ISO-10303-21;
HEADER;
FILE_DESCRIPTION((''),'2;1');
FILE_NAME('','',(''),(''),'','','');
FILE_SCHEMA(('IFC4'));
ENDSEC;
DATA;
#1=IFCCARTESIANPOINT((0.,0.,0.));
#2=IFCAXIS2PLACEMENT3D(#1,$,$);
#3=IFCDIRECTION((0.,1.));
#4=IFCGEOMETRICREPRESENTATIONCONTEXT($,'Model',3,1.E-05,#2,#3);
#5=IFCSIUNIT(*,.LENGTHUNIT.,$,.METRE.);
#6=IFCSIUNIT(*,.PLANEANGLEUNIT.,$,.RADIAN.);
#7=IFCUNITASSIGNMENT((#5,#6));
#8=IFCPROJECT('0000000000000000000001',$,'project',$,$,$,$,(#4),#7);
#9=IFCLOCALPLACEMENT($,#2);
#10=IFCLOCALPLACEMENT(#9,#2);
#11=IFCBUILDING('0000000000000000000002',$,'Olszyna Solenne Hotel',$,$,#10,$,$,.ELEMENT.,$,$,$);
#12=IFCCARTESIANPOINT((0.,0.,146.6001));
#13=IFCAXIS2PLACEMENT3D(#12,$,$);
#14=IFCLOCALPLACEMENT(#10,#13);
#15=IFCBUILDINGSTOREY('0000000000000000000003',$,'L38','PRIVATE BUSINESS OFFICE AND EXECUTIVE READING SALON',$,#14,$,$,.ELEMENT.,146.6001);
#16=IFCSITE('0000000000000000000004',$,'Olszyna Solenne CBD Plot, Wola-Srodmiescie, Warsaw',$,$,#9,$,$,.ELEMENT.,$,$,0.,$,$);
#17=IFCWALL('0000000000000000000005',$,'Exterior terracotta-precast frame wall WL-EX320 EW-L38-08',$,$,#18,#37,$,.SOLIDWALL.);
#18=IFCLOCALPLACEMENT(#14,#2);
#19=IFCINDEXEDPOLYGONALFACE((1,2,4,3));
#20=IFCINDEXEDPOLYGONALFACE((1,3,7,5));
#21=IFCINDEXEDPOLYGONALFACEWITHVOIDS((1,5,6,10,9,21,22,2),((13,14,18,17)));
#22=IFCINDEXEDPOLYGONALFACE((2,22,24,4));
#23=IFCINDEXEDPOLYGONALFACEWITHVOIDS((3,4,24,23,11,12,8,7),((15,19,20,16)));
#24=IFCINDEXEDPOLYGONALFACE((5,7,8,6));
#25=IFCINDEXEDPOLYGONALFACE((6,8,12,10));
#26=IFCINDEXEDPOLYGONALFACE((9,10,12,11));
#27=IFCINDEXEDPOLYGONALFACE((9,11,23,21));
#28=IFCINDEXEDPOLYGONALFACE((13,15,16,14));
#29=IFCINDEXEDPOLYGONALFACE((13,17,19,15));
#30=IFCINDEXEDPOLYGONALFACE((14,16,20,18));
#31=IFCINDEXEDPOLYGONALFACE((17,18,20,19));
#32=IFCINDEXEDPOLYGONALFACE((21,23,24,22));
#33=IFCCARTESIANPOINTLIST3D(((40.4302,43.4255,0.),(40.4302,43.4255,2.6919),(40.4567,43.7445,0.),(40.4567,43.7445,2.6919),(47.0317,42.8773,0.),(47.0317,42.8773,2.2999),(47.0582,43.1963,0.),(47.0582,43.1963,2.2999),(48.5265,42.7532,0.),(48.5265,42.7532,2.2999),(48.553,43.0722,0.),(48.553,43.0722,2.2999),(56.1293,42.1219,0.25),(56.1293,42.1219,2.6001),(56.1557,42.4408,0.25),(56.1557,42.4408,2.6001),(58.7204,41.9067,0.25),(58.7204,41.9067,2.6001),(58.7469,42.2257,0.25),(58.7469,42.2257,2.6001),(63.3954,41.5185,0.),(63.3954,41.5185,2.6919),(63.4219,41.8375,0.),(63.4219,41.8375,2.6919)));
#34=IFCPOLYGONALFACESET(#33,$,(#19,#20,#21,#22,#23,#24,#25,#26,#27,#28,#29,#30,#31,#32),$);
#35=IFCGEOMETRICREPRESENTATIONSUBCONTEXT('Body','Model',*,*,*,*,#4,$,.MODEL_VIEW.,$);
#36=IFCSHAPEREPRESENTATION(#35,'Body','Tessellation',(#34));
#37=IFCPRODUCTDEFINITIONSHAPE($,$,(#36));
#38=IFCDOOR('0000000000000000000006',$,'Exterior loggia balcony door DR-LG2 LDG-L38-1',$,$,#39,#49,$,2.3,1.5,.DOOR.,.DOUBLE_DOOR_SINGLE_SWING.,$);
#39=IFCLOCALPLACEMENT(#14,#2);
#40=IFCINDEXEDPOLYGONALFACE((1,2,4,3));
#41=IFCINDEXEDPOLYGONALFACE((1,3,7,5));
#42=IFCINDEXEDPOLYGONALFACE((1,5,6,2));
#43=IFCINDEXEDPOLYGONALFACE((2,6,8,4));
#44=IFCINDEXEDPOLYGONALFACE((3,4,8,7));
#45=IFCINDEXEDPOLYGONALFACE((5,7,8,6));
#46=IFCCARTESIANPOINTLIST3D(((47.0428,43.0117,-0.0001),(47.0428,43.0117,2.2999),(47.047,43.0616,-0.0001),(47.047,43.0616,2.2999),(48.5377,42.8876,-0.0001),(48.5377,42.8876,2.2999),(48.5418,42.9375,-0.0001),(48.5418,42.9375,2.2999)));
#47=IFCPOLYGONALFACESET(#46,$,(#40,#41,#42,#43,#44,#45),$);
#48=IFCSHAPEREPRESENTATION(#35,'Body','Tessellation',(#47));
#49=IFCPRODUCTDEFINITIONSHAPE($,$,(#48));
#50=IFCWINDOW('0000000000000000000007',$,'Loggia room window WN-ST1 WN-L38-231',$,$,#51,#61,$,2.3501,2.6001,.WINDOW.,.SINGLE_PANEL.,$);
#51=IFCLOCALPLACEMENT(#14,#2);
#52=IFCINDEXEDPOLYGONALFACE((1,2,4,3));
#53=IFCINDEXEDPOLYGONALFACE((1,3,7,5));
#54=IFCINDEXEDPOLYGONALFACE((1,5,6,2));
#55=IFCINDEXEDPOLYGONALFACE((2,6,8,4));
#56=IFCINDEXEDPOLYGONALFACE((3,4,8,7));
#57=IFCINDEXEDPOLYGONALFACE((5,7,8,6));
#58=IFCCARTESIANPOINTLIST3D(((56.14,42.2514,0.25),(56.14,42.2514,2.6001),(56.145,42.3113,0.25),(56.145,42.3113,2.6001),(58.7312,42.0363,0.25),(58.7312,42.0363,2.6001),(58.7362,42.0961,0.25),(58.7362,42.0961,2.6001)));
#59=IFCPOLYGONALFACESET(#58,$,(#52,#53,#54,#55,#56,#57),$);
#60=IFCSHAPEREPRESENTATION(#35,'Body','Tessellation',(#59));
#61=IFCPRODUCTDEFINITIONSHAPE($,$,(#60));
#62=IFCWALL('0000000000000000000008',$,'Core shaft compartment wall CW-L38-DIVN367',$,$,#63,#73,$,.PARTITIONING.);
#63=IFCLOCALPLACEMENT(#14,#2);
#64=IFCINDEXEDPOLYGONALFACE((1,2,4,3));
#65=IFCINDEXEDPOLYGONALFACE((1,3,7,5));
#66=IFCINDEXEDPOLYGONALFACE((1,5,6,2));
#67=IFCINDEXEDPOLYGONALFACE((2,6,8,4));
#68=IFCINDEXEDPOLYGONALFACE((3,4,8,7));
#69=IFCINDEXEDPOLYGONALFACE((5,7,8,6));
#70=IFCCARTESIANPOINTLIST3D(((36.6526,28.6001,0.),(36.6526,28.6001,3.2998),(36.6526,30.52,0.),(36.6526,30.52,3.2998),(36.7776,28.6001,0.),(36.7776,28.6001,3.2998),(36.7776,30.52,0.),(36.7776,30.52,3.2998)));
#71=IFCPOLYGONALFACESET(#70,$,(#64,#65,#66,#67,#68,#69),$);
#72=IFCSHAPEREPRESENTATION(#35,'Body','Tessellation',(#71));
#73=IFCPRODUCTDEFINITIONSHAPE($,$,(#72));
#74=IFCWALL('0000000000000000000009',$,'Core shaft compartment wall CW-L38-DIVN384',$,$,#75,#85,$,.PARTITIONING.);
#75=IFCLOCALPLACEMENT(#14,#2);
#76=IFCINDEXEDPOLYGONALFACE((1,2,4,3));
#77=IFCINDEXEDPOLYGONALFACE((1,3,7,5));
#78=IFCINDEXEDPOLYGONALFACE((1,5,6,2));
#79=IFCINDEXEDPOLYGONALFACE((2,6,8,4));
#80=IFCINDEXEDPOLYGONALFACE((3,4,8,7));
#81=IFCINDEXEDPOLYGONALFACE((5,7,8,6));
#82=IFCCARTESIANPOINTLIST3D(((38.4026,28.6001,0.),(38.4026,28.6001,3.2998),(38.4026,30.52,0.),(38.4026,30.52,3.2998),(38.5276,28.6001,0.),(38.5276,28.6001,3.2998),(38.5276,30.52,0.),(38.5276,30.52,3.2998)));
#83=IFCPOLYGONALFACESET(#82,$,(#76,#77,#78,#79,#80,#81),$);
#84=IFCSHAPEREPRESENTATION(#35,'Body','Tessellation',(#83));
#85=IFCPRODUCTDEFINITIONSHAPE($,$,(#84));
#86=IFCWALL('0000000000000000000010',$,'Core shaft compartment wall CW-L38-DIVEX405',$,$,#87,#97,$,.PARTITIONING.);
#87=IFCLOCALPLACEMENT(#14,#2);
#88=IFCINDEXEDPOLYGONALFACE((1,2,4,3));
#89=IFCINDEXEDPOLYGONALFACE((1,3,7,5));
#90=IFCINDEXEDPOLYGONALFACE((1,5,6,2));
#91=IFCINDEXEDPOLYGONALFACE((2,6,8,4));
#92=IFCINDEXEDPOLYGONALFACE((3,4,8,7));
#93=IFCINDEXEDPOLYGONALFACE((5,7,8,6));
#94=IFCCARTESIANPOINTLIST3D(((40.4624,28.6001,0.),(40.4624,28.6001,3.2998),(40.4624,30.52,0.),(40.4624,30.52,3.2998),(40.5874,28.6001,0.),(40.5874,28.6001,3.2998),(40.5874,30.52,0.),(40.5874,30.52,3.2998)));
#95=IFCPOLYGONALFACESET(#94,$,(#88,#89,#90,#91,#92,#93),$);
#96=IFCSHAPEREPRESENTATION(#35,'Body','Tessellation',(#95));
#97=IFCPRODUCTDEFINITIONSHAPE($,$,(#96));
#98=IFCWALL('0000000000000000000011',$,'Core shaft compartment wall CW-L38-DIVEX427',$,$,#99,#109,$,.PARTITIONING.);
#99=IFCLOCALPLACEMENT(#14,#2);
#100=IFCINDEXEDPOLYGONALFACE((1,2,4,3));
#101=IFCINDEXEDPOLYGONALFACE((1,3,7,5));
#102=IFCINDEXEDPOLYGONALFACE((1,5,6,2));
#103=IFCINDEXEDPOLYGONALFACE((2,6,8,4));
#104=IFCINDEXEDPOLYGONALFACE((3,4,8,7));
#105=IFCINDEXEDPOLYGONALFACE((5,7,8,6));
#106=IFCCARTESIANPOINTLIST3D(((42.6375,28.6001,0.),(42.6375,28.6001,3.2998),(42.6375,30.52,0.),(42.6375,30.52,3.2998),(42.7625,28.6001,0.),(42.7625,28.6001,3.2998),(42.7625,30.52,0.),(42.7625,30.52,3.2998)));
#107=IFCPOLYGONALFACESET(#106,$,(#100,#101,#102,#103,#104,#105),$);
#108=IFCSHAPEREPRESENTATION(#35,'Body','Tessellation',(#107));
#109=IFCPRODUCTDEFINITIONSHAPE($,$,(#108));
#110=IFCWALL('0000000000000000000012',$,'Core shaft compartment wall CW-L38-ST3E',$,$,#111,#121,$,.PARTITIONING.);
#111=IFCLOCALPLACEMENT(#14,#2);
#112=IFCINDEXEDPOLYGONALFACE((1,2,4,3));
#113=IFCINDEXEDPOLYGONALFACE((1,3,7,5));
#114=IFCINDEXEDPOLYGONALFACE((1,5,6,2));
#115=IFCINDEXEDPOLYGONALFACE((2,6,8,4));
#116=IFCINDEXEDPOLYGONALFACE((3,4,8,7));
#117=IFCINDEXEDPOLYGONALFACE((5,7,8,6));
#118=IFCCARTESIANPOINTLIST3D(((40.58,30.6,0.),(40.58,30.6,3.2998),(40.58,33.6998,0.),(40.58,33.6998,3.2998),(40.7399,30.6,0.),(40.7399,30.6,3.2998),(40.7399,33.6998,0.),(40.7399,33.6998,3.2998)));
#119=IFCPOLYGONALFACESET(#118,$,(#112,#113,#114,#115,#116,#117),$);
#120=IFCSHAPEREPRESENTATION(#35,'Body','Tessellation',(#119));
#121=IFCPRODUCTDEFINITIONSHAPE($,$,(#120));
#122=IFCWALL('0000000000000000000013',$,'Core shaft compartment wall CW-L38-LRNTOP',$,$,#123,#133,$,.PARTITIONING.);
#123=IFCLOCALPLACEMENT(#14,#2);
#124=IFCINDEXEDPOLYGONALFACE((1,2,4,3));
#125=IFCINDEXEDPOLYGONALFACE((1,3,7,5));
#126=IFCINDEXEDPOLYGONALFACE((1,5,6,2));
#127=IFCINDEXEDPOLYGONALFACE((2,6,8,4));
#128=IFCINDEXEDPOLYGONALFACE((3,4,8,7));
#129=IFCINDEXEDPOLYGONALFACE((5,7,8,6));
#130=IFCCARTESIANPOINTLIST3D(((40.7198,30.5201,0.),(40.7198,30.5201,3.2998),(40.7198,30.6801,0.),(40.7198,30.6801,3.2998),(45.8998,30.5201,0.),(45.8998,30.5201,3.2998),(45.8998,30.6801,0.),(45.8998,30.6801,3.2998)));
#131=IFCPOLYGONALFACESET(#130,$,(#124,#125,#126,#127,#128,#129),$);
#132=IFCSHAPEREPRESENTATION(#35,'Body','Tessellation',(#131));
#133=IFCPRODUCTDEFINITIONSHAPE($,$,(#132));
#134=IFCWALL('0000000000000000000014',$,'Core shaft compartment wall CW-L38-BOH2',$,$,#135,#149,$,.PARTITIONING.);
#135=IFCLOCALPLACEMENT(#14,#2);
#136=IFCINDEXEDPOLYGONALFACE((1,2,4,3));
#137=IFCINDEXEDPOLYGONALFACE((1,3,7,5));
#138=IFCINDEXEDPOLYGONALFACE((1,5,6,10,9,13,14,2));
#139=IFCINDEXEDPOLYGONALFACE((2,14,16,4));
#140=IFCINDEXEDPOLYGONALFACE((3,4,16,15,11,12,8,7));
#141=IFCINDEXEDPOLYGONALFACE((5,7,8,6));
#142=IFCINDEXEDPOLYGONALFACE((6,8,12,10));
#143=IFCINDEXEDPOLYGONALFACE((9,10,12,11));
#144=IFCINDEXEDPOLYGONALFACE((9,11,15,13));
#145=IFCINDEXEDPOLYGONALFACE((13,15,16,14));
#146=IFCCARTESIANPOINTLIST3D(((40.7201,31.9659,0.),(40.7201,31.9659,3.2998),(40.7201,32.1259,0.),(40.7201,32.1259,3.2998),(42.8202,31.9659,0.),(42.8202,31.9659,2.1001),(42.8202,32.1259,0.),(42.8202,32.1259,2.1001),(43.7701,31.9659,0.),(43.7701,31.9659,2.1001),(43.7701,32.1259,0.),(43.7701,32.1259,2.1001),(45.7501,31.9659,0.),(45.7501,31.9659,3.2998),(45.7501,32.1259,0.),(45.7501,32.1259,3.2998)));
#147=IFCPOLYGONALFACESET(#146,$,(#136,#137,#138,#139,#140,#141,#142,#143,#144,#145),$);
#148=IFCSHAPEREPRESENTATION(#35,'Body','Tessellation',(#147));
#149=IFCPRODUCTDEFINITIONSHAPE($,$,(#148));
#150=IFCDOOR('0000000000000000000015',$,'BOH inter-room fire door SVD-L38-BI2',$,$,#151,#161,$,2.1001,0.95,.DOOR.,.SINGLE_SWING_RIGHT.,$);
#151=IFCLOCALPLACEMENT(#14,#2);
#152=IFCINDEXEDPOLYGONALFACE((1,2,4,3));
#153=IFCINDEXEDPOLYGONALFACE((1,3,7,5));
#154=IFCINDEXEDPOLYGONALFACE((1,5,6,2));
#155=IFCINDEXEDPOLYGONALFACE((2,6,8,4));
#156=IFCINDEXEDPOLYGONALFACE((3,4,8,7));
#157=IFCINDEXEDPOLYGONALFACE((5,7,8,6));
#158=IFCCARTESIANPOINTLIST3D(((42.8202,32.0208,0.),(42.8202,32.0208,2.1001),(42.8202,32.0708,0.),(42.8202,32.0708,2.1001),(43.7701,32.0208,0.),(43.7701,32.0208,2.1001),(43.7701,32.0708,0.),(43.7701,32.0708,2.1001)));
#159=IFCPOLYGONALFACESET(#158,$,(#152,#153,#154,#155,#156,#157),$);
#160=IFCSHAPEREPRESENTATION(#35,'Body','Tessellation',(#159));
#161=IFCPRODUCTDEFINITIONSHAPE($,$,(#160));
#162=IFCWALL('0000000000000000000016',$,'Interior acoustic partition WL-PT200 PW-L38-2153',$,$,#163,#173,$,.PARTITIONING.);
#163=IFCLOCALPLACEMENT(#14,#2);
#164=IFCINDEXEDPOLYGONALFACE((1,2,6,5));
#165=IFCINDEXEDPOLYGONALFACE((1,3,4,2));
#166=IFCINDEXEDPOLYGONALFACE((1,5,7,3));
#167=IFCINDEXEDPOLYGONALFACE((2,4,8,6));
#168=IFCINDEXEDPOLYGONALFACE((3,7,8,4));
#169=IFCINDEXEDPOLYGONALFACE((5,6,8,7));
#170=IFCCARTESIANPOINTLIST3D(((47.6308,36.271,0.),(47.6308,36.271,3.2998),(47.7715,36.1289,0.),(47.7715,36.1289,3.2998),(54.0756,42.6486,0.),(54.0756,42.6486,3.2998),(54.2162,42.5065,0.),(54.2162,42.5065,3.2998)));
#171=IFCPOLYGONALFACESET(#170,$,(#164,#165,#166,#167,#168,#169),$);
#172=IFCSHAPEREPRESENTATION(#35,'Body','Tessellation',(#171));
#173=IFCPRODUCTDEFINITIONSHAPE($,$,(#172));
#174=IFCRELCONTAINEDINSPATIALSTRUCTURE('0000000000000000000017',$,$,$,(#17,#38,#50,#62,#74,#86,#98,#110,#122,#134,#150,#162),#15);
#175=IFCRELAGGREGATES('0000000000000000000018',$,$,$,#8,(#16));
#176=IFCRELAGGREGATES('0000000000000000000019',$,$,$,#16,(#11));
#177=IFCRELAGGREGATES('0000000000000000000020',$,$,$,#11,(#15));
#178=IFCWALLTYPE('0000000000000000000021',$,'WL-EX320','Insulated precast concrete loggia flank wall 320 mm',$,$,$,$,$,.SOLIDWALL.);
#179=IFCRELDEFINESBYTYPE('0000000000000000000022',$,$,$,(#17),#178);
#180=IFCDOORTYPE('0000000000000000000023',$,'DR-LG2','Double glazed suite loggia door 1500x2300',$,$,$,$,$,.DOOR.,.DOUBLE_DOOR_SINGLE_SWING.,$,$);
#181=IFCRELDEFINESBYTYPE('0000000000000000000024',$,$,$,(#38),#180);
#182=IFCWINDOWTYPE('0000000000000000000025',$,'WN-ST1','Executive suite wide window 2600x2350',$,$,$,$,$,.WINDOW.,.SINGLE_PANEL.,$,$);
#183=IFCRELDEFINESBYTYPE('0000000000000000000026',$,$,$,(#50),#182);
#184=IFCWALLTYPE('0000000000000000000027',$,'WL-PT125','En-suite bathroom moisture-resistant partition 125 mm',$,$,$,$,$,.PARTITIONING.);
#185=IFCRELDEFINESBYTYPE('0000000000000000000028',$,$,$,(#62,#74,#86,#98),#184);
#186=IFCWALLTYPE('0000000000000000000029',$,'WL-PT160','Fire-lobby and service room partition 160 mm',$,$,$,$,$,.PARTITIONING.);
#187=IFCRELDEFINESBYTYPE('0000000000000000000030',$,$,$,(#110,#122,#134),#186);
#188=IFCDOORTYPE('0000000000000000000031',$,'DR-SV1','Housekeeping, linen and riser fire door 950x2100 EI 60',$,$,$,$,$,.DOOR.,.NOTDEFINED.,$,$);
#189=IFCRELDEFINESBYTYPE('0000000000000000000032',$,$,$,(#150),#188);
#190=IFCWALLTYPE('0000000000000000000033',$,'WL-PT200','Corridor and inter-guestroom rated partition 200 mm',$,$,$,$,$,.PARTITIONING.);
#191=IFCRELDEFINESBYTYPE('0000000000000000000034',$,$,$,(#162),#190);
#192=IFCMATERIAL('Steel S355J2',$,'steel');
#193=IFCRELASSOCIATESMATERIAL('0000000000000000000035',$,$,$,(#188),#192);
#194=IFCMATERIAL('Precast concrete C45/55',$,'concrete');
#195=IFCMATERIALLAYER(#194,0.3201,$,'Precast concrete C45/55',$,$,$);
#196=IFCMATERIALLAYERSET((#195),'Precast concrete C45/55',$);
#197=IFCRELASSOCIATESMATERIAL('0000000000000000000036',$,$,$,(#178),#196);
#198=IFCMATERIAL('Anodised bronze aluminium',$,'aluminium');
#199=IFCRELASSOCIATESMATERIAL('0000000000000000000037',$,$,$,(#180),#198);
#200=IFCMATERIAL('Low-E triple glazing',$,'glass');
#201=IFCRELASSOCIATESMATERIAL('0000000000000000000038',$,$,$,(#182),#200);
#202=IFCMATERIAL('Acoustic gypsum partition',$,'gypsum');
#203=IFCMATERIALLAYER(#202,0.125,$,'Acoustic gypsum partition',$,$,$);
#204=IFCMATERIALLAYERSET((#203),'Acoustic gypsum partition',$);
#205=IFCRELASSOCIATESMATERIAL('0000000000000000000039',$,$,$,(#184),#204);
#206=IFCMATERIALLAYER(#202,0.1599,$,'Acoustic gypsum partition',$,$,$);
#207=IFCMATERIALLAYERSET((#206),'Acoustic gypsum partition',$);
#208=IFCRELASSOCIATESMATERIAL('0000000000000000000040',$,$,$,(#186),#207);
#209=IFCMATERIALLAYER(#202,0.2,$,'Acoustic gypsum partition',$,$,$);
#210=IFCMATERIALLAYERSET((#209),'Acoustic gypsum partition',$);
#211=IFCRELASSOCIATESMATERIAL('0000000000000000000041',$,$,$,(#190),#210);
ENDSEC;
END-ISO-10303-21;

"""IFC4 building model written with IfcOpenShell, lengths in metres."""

from ifc_helpers import new_model, si_unit, direction, frame, frame_2d, origin, place, context, subcontext, project, spatial, rectangle, extrude, source, transform, mapped, material, layer, layer_set, type_object, type_shapes, element, fill, save


model = new_model("IFC4")

# Units and contexts
model_context = context("Model", 3, precision=1e-05, world=origin(), true_north=direction((0.0, 1.0)))
body_context = subcontext(model_context, "Body", "Model", "MODEL_VIEW")
ifc_project = project(units=[si_unit("LENGTHUNIT", "METRE"), si_unit("PLANEANGLEUNIT", "RADIAN")], contexts=[model_context])

# Site, building, storey
site_placement = place(None, origin())
site = spatial("IfcSite", under=ifc_project, at=site_placement, Name="Olszyna Solenne CBD Plot, Wola-Srodmiescie, Warsaw", CompositionType="ELEMENT", RefElevation=0.0)
building_placement = place(site_placement, origin())
building = spatial("IfcBuilding", under=site, at=building_placement, Name="Olszyna Solenne Hotel", CompositionType="ELEMENT")
storey_placement = place(building_placement, frame((0.0, 0.0, 146.6001)))
storey = spatial("IfcBuildingStorey", under=building, at=storey_placement, Name="L38", Description="PRIVATE BUSINESS OFFICE AND EXECUTIVE READING SALON", CompositionType="ELEMENT", Elevation=146.6001)

# Shared definitions
ifc_material_1 = material(Name="Steel S355J2", Category="steel")

# Shared definitions
door_type_1 = type_object("IfcDoorType", Name="DR-SV1", Description="Housekeeping, linen and riser fire door 950x2100 EI 60", OperationType="NOTDEFINED", PredefinedType="DOOR", material=ifc_material_1)
shared_shape_1 = source(origin(), body_context, "Body", "SweptSolid", [
    extrude(rectangle(XDim=0.95, YDim=2.1001, at=frame_2d((0.4751, 1.05))), frame((0.0, 0.0249, 0.0), z_axis=(0.0, -1.0, 0.0), x_axis=(1.0, 0.0, 0.0)), (0.0, 0.0, 1.0), 0.05),
])
type_shapes(door_type_1, [shared_shape_1])

# Wall, openings, door, window
ifc_material_2 = material(Name="Precast concrete C45/55", Category="concrete")
ifc_layer_1 = layer(ifc_material_2, 0.3201, Name="Precast concrete C45/55")
ifc_layer_set_1 = layer_set([ifc_layer_1], Name="Precast concrete C45/55")
wall_type_1 = type_object("IfcWallType", Name="WL-EX320", Description="Insulated precast concrete loggia flank wall 320 mm", PredefinedType="SOLIDWALL", material=ifc_layer_set_1)
wall_1_placement = place(storey_placement, frame((40.4436, 43.585, 0.0), z_axis=(0.0, 0.0, 1.0), x_axis=(0.99657, -0.082754, 0.0)))
wall_1 = element("IfcWall", 1, at=wall_1_placement, inside=storey, type_object=wall_type_1, Name="Exterior terracotta-precast frame wall WL-EX320 EW-L38-08", PredefinedType="SOLIDWALL", context=body_context, shape_type="SweptSolid", body=[
    extrude(rectangle(XDim=23.0442, YDim=0.3201, at=frame_2d((11.522, 0.0))), origin(), (0.0, 0.0, 1.0), 2.6919),
])
opening_1_placement = place(wall_1_placement, frame((6.624, 0.0, 0.0)))
opening_1 = element("IfcOpeningElement", 2, at=opening_1_placement, cuts=wall_1, PredefinedType="OPENING", context=body_context, shape_type="SweptSolid", body=[
    extrude(rectangle(XDim=1.5, YDim=2.3, at=frame_2d((0.75, 1.1499))), frame((0.0, 0.1699, 0.0), z_axis=(0.0, -1.0, 0.0), x_axis=(1.0, 0.0, 0.0)), (0.0, 0.0, 1.0), 0.3401),
])
opening_2_placement = place(wall_1_placement, frame((15.7529, 0.0, 0.25)))
opening_2 = element("IfcOpeningElement", 3, at=opening_2_placement, cuts=wall_1, PredefinedType="OPENING", context=body_context, shape_type="SweptSolid", body=[
    extrude(rectangle(XDim=2.6001, YDim=2.3501, at=frame_2d((1.3, 1.175))), frame((0.0, 0.1699, 0.0), z_axis=(0.0, -1.0, 0.0), x_axis=(1.0, 0.0, 0.0)), (0.0, 0.0, 1.0), 0.3401),
])
ifc_material_3 = material(Name="Anodised bronze aluminium", Category="aluminium")
door_type_2 = type_object("IfcDoorType", Name="DR-LG2", Description="Double glazed suite loggia door 1500x2300", OperationType="DOUBLE_DOOR_SINGLE_SWING", PredefinedType="DOOR", material=ifc_material_3)
shared_shape_2 = source(origin(), body_context, "Body", "SweptSolid", [
    extrude(rectangle(XDim=1.5, YDim=2.3, at=frame_2d((0.75, 1.1499))), frame((0.0, 0.0249, 0.0), z_axis=(0.0, -1.0, 0.0), x_axis=(1.0, 0.0, 0.0)), (0.0, 0.0, 1.0), 0.05),
])
type_shapes(door_type_2, [shared_shape_2])
door_1_placement = place(opening_1_placement, origin())
door_1 = element("IfcDoor", 4, at=door_1_placement, inside=storey, type_object=door_type_2, Name="Exterior loggia balcony door DR-LG2 LDG-L38-1", OperationType="DOUBLE_DOOR_SINGLE_SWING", OverallHeight=2.3, OverallWidth=1.5, PredefinedType="DOOR", context=body_context, shape_type="MappedRepresentation", body=[
    mapped(shared_shape_2, transform((0.0, 0.0, 0.0), x_axis=(1.0, 0.0, 0.0), y_axis=(0.0, 1.0, 0.0), z_axis=(0.0, 0.0, 1.0), scale=1.0)),
])
fill(opening_1, door_1)
ifc_material_4 = material(Name="Low-E triple glazing", Category="glass")
window_type = type_object("IfcWindowType", Name="WN-ST1", Description="Executive suite wide window 2600x2350", PartitioningType="SINGLE_PANEL", PredefinedType="WINDOW", material=ifc_material_4)
shared_shape_3 = source(origin(), body_context, "Body", "SweptSolid", [
    extrude(rectangle(XDim=2.6001, YDim=2.3501, at=frame_2d((1.3, 1.175))), frame((0.0, 0.03, 0.0), z_axis=(0.0, -1.0, 0.0), x_axis=(1.0, 0.0, 0.0)), (0.0, 0.0, 1.0), 0.0601),
])
type_shapes(window_type, [shared_shape_3])
window_placement = place(opening_2_placement, origin())
window = element("IfcWindow", 5, at=window_placement, inside=storey, type_object=window_type, Name="Loggia room window WN-ST1 WN-L38-231", OverallHeight=2.3501, OverallWidth=2.6001, PartitioningType="SINGLE_PANEL", PredefinedType="WINDOW", context=body_context, shape_type="MappedRepresentation", body=[
    mapped(shared_shape_3, transform((0.0, 0.0, 0.0), x_axis=(1.0, 0.0, 0.0), y_axis=(0.0, 1.0, 0.0), z_axis=(0.0, 0.0, 1.0), scale=1.0)),
])
fill(opening_2, window)

# Walls
ifc_material_5 = material(Name="Acoustic gypsum partition", Category="gypsum")
ifc_layer_2 = layer(ifc_material_5, 0.125, Name="Acoustic gypsum partition")
ifc_layer_set_2 = layer_set([ifc_layer_2], Name="Acoustic gypsum partition")
wall_type_2 = type_object("IfcWallType", Name="WL-PT125", Description="En-suite bathroom moisture-resistant partition 125 mm", PredefinedType="PARTITIONING", material=ifc_layer_set_2)
for number, where, z_axis, x_axis, name in (
    (6, (36.7151, 28.6001, 0.0), (0.0, 0.0, 1.0), (0.0, 1.0, 0.0), "Core shaft compartment wall CW-L38-DIVN367"),
    (7, (38.4651, 28.6001, 0.0), (0.0, 0.0, 1.0), (0.0, 1.0, 0.0), "Core shaft compartment wall CW-L38-DIVN384"),
    (8, (40.5249, 28.6001, 0.0), (0.0, 0.0, 1.0), (0.0, 1.0, 0.0), "Core shaft compartment wall CW-L38-DIVEX405"),
    (9, (42.7, 28.6001, 0.0), (0.0, 0.0, 1.0), (0.0, 1.0, 0.0), "Core shaft compartment wall CW-L38-DIVEX427"),
):
    element("IfcWall", number, at=place(storey_placement, frame(where, z_axis=z_axis, x_axis=x_axis)), inside=storey, type_object=wall_type_2, Name=name, PredefinedType="PARTITIONING", context=body_context, shape_type="SweptSolid", body=[
        extrude(rectangle(XDim=1.9199, YDim=0.125, at=frame_2d((0.96, 0.0))), origin(), (0.0, 0.0, 1.0), 3.2998),
    ])
ifc_layer_3 = layer(ifc_material_5, 0.1599, Name="Acoustic gypsum partition")
ifc_layer_set_3 = layer_set([ifc_layer_3], Name="Acoustic gypsum partition")
wall_type_3 = type_object("IfcWallType", Name="WL-PT160", Description="Fire-lobby and service room partition 160 mm", PredefinedType="PARTITIONING", material=ifc_layer_set_3)
wall_2_placement = place(storey_placement, frame((40.6599, 30.6001, 0.0), z_axis=(0.0, 0.0, 1.0), x_axis=(0.0, 1.0, 0.0)))
element("IfcWall", 10, at=wall_2_placement, inside=storey, type_object=wall_type_3, Name="Core shaft compartment wall CW-L38-ST3E", PredefinedType="PARTITIONING", context=body_context, shape_type="SweptSolid", body=[
    extrude(rectangle(XDim=3.0999, YDim=0.1599, at=frame_2d((1.5498, 0.0))), origin(), (0.0, 0.0, 1.0), 3.2998),
])
wall_3_placement = place(storey_placement, frame((40.72, 30.6001, 0.0), z_axis=(0.0, 0.0, 1.0), x_axis=(1.0, 0.0, 0.0)))
element("IfcWall", 11, at=wall_3_placement, inside=storey, type_object=wall_type_3, Name="Core shaft compartment wall CW-L38-LRNTOP", PredefinedType="PARTITIONING", context=body_context, shape_type="SweptSolid", body=[
    extrude(rectangle(XDim=5.1799, YDim=0.1599, at=frame_2d((2.5898, 0.0))), origin(), (0.0, 0.0, 1.0), 3.2998),
])

# Wall, opening, door
wall_4_placement = place(storey_placement, frame((40.72, 32.0459, 0.0), z_axis=(0.0, 0.0, 1.0), x_axis=(1.0, 0.0, 0.0)))
wall_4 = element("IfcWall", 12, at=wall_4_placement, inside=storey, type_object=wall_type_3, Name="Core shaft compartment wall CW-L38-BOH2", PredefinedType="PARTITIONING", context=body_context, shape_type="SweptSolid", body=[
    extrude(rectangle(XDim=5.03, YDim=0.1599, at=frame_2d((2.5151, 0.0))), origin(), (0.0, 0.0, 1.0), 3.2998),
])
opening_3_placement = place(wall_4_placement, frame((2.1001, 0.0, 0.0)))
opening_3 = element("IfcOpeningElement", 13, at=opening_3_placement, cuts=wall_4, PredefinedType="OPENING", context=body_context, shape_type="SweptSolid", body=[
    extrude(rectangle(XDim=0.95, YDim=2.1001, at=frame_2d((0.4751, 1.05))), frame((0.0, 0.0898, 0.0), z_axis=(0.0, -1.0, 0.0), x_axis=(1.0, 0.0, 0.0)), (0.0, 0.0, 1.0), 0.1799),
])
door_2_placement = place(opening_3_placement, origin())
door_2 = element("IfcDoor", 14, at=door_2_placement, inside=storey, type_object=door_type_1, Name="BOH inter-room fire door SVD-L38-BI2", OperationType="SINGLE_SWING_RIGHT", OverallHeight=2.1001, OverallWidth=0.95, PredefinedType="DOOR", context=body_context, shape_type="MappedRepresentation", body=[
    mapped(shared_shape_1, transform((0.0, 0.0, 0.0), x_axis=(1.0, 0.0, 0.0), y_axis=(0.0, 1.0, 0.0), z_axis=(0.0, 0.0, 1.0), scale=1.0)),
])
fill(opening_3, door_2)

# Wall
ifc_layer_4 = layer(ifc_material_5, 0.2, Name="Acoustic gypsum partition")
ifc_layer_set_4 = layer_set([ifc_layer_4], Name="Acoustic gypsum partition")
wall_type_4 = type_object("IfcWallType", Name="WL-PT200", Description="Corridor and inter-guestroom rated partition 200 mm", PredefinedType="PARTITIONING", material=ifc_layer_set_4)
wall_5_placement = place(storey_placement, frame((47.7012, 36.2, 0.0), z_axis=(0.0, 0.0, 1.0), x_axis=(0.710799, 0.703395, 0.0)))
element("IfcWall", 15, at=wall_5_placement, inside=storey, type_object=wall_type_4, Name="Interior acoustic partition WL-PT200 PW-L38-2153", PredefinedType="PARTITIONING", context=body_context, shape_type="SweptSolid", body=[
    extrude(rectangle(XDim=9.0669, YDim=0.2, at=frame_2d((4.5334, 0.0))), origin(), (0.0, 0.0, 1.0), 3.2998),
])

save(model, "model.ifc")
